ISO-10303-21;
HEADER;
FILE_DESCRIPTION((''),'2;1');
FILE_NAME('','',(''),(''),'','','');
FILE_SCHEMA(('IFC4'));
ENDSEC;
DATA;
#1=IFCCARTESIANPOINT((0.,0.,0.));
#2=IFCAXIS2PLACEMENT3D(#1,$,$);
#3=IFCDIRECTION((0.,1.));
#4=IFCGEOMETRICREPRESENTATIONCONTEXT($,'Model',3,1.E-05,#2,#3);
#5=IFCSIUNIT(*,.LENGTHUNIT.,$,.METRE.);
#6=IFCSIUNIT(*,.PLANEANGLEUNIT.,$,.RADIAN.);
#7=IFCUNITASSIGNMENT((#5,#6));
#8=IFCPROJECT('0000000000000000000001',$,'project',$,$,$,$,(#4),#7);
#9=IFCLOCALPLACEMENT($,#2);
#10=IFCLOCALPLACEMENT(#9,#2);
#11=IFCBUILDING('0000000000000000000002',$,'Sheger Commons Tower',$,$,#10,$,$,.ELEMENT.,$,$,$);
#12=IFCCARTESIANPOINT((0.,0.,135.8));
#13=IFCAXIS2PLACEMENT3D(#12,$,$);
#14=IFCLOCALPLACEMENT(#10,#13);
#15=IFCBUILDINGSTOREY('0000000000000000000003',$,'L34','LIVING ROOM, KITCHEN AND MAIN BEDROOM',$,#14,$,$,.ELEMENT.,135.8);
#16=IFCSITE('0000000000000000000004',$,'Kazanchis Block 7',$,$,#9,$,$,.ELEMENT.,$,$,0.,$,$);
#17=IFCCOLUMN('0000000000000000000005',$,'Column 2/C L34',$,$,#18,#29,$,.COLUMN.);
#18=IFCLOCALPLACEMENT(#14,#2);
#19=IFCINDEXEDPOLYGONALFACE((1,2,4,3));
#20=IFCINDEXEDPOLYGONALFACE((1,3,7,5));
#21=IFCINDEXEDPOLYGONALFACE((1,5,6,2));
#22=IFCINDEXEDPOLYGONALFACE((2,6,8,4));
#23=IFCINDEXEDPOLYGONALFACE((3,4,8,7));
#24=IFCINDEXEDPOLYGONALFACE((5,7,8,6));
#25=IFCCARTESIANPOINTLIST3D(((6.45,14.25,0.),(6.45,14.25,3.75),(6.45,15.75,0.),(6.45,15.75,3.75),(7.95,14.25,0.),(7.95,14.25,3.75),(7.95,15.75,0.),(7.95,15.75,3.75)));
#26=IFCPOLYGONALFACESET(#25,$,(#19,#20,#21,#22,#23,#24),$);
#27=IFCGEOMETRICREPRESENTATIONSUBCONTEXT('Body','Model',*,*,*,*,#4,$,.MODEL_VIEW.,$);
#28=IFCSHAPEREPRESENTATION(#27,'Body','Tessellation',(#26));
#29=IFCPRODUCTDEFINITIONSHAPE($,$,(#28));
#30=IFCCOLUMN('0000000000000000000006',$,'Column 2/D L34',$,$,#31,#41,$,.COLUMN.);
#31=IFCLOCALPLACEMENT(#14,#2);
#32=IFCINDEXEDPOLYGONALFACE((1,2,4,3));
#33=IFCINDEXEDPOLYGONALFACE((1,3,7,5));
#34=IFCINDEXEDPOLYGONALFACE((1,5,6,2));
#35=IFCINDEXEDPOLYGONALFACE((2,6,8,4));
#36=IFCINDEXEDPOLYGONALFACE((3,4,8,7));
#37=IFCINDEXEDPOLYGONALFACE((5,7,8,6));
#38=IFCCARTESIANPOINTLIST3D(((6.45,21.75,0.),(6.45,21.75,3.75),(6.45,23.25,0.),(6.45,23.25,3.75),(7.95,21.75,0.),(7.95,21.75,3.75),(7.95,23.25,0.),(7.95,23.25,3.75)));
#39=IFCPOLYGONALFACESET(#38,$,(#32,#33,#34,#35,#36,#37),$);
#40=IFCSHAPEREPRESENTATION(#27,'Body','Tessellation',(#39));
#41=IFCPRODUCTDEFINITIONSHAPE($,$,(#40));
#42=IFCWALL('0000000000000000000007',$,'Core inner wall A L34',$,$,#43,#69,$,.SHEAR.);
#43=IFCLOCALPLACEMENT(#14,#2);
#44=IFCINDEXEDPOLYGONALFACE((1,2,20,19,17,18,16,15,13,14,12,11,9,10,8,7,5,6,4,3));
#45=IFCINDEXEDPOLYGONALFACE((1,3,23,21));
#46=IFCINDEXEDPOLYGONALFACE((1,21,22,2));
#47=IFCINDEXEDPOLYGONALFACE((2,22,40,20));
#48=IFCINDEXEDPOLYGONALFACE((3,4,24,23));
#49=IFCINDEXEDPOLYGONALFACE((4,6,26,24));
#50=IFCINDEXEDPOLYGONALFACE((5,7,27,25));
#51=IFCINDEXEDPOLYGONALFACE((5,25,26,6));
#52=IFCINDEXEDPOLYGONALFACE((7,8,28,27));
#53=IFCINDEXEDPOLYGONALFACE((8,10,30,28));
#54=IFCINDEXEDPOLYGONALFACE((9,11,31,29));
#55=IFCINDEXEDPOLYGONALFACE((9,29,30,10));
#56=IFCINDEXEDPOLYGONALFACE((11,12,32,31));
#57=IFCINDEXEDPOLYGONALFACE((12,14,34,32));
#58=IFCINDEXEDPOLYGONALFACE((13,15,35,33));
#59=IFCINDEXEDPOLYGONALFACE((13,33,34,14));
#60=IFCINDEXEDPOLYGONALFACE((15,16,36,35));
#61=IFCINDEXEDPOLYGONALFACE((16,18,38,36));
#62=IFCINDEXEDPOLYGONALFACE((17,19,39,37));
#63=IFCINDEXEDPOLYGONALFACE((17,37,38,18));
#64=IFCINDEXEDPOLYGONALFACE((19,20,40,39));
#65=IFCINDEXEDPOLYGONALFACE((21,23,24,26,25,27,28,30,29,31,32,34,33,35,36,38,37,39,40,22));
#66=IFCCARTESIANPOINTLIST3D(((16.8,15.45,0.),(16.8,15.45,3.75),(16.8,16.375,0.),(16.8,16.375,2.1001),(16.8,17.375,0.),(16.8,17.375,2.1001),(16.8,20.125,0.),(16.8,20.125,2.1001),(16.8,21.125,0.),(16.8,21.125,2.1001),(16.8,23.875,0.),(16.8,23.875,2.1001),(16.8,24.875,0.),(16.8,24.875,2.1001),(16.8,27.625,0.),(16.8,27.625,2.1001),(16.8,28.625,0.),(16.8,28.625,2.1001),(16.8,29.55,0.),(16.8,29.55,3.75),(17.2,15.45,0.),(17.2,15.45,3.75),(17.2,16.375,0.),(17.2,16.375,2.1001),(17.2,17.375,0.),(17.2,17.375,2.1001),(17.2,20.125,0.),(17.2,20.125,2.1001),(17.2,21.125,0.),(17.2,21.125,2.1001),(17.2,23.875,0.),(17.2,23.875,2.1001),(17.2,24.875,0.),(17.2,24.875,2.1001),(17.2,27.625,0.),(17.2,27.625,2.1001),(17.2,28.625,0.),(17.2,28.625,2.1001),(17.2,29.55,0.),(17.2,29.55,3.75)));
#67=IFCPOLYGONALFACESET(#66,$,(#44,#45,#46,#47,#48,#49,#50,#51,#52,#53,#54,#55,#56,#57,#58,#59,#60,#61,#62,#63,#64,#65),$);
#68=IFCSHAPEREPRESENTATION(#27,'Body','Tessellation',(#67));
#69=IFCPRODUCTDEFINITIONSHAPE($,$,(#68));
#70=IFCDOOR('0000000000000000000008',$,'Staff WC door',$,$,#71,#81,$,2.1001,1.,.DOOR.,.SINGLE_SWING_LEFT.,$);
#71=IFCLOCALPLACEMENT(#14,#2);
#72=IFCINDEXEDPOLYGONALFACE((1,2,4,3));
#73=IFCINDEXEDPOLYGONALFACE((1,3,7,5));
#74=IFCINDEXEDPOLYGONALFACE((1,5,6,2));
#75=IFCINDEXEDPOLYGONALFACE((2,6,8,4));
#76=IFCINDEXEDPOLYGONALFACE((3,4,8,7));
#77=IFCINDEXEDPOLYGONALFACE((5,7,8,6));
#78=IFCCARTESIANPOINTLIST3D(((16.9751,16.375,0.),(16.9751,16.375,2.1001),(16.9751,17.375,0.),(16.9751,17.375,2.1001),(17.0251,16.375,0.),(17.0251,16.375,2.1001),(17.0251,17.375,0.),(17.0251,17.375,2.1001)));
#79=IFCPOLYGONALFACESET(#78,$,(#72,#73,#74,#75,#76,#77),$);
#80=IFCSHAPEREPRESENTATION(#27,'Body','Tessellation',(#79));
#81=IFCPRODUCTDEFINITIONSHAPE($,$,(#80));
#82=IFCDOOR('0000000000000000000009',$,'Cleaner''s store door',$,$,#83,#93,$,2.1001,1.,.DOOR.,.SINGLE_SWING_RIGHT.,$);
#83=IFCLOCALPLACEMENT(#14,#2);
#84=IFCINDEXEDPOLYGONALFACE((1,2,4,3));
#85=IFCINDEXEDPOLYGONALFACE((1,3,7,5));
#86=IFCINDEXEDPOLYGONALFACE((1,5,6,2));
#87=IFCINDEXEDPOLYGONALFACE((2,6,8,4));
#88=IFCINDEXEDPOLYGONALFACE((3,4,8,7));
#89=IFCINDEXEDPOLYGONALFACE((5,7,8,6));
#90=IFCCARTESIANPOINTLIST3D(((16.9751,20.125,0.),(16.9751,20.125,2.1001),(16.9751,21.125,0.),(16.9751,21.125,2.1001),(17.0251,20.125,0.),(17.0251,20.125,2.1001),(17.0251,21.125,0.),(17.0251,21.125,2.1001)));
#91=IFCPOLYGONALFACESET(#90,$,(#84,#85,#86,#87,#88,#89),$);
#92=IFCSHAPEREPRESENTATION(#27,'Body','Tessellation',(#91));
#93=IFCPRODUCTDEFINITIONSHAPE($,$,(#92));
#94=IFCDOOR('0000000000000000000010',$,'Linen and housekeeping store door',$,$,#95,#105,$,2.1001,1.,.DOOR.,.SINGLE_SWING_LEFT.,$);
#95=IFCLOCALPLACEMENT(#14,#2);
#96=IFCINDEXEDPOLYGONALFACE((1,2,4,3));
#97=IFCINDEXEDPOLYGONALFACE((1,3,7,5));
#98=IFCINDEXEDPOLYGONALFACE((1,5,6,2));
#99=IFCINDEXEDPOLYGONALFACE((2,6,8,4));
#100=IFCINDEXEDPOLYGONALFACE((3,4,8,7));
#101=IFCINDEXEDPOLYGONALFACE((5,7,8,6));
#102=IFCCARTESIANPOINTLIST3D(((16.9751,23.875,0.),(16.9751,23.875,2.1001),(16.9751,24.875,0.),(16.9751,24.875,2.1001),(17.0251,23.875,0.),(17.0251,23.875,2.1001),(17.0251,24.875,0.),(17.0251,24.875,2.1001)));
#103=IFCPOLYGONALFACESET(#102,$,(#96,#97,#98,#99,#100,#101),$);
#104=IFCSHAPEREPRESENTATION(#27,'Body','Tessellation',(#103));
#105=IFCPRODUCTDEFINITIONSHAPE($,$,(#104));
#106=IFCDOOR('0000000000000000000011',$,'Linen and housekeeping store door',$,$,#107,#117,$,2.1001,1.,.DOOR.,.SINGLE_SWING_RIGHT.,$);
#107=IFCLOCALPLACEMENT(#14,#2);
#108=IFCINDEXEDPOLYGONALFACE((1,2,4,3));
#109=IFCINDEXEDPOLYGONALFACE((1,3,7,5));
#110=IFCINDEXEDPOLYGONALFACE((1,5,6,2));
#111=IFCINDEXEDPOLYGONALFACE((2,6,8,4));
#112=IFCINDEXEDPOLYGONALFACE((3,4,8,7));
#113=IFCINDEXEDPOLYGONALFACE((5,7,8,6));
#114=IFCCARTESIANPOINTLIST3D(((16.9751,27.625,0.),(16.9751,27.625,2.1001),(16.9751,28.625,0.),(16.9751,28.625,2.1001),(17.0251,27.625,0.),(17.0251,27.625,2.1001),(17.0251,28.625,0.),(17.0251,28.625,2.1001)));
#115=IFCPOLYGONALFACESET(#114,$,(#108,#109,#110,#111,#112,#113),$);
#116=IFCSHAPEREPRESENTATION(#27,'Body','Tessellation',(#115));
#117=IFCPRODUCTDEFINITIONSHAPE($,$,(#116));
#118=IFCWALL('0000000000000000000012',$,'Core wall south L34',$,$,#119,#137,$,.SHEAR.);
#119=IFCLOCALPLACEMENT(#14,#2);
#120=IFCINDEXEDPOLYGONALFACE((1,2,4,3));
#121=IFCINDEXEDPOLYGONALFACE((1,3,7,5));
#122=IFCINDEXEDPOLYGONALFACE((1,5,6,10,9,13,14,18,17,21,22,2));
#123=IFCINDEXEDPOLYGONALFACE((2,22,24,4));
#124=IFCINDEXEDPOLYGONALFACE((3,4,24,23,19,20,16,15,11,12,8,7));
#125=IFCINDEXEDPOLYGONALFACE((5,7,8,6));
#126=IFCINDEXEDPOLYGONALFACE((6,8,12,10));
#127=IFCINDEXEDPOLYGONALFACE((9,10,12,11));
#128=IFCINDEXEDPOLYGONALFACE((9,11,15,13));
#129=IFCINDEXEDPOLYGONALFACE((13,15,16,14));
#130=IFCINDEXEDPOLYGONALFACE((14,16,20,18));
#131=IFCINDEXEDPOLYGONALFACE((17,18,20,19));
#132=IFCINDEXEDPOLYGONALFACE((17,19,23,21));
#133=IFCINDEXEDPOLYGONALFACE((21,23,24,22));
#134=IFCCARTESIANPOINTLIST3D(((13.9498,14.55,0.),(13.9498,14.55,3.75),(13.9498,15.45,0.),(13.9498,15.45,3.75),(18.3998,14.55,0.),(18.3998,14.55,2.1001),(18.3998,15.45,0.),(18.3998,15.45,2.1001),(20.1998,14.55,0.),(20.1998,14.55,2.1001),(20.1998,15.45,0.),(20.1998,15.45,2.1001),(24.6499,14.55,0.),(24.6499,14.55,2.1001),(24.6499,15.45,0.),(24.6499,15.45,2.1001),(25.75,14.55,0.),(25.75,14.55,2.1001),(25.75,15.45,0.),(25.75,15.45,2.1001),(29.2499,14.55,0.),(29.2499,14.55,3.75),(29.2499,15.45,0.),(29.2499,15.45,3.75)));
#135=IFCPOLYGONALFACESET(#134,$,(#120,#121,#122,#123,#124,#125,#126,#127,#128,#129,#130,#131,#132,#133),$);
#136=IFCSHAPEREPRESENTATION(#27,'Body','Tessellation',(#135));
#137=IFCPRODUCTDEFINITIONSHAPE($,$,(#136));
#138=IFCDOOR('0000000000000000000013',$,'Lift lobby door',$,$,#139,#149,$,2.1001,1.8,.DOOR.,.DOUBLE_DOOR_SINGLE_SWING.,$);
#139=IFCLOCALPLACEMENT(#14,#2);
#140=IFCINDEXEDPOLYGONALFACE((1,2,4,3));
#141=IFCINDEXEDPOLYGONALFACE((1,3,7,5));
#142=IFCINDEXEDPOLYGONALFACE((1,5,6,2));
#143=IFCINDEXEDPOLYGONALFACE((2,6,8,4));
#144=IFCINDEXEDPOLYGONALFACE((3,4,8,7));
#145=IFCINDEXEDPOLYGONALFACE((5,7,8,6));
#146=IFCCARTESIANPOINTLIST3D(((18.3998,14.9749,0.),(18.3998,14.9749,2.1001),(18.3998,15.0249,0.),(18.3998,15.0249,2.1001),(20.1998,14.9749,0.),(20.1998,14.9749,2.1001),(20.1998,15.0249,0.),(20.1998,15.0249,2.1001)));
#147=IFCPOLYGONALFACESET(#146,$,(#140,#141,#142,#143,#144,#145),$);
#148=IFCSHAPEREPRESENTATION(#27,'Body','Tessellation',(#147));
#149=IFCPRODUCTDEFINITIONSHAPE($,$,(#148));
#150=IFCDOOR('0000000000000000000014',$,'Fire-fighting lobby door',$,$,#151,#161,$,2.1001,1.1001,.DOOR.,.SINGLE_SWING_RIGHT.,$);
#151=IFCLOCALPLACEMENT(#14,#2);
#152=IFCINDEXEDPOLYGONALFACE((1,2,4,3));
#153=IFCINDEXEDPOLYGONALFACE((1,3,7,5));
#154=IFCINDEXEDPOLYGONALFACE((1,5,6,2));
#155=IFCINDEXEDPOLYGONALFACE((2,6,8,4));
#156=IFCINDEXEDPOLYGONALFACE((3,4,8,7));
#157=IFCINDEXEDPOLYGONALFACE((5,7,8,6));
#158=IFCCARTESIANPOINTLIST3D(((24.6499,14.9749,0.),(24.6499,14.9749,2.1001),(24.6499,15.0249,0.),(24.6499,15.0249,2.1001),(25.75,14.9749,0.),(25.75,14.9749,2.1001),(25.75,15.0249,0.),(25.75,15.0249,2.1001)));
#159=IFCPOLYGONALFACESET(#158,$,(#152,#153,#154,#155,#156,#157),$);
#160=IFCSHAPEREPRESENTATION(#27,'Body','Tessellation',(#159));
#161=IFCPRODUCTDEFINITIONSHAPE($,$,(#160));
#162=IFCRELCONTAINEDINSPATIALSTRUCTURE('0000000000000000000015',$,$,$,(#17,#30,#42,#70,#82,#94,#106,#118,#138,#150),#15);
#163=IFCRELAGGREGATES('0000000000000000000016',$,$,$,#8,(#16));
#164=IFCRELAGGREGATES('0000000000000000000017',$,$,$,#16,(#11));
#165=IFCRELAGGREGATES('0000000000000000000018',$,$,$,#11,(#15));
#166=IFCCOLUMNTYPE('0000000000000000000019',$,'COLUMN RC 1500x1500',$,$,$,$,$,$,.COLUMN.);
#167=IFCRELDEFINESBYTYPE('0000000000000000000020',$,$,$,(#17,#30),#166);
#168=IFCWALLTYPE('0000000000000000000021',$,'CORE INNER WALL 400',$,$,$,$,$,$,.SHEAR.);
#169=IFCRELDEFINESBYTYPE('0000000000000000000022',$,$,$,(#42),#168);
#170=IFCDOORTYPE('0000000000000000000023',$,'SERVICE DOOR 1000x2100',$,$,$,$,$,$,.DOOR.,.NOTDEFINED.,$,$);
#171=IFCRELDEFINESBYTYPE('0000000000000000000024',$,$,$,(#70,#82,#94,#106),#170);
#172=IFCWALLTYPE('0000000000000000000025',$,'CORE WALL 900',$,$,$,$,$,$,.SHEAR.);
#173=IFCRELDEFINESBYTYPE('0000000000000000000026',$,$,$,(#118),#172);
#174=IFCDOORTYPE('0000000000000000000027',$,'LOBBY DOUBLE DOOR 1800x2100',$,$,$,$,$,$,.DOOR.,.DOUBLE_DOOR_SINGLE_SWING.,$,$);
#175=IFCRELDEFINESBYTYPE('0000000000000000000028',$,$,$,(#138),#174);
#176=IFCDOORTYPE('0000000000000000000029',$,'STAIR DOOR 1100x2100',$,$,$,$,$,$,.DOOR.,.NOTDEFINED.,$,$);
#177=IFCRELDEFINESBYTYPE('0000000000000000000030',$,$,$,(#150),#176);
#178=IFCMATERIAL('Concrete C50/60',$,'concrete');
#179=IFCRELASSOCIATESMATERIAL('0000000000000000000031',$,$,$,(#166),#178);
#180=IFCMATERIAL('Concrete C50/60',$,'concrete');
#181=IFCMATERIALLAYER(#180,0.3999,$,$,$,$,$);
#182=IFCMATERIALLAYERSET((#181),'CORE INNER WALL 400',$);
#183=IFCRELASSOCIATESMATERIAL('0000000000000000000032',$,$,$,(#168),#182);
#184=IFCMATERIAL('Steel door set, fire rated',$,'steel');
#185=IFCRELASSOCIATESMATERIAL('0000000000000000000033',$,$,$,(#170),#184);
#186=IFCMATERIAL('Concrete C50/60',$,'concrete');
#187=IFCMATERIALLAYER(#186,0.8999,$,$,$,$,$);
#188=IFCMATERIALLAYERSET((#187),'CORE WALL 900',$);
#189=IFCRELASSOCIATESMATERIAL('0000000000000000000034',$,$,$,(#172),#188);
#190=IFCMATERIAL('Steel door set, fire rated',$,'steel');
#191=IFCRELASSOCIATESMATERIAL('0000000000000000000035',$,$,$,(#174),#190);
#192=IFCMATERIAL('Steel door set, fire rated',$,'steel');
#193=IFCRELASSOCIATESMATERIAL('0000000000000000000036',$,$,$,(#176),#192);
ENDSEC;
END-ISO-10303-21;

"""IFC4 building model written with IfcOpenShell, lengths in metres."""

from ifc_helpers import new_model, si_unit, direction, frame, frame_2d, origin, origin_2d, place, context, subcontext, project, spatial, rectangle, extrude, material, layer, layer_set, material_profile, profile_set, type_object, element, fill, save


model = new_model("IFC4")

# Units and contexts
model_context = context("Model", 3, precision=1e-05, world=origin(), true_north=direction((0.0, 1.0)))
body_context = subcontext(model_context, "Body", "Model", "MODEL_VIEW")
ifc_project = project(units=[si_unit("LENGTHUNIT", "METRE"), si_unit("PLANEANGLEUNIT", "RADIAN")], contexts=[model_context])

# Site, building, storey
site_placement = place(None, origin())
site = spatial("IfcSite", under=ifc_project, at=site_placement, Name="Kazanchis Block 7", CompositionType="ELEMENT", RefElevation=0.0)
building_placement = place(site_placement, origin())
building = spatial("IfcBuilding", under=site, at=building_placement, Name="Sheger Commons Tower", CompositionType="ELEMENT")
storey_placement = place(building_placement, frame((0.0, 0.0, 135.8)))
storey = spatial("IfcBuildingStorey", under=building, at=storey_placement, Name="L34", Description="LIVING ROOM, KITCHEN AND MAIN BEDROOM", CompositionType="ELEMENT", Elevation=135.8)

# Columns
ifc_material_1 = material(Name="Concrete C50/60", Category="concrete")
ifc_material_profile = material_profile(ifc_material_1, rectangle(XDim=1.5, YDim=1.5, at=origin_2d()), Name="RC 1500x1500")
ifc_profile_set = profile_set([ifc_material_profile], Name="Concrete C50/60")
column_type = type_object("IfcColumnType", Name="COLUMN RC 1500x1500", PredefinedType="COLUMN", material=ifc_profile_set)
for number, where, z_axis, x_axis, name in (
    (1, (7.2, 15.0, 0.0), (0.0, 0.0, 1.0), (1.0, 0.0, 0.0), "Column 2/C L34"),
    (2, (7.2, 22.5, 0.0), (0.0, 0.0, 1.0), (1.0, 0.0, 0.0), "Column 2/D L34"),
):
    element("IfcColumn", number, at=place(storey_placement, frame(where, z_axis=z_axis, x_axis=x_axis)), inside=storey, type_object=column_type, Name=name, PredefinedType="COLUMN", context=body_context, shape_type="SweptSolid", body=[
        extrude(rectangle(XDim=1.5, YDim=1.5, at=origin_2d()), origin(), (0.0, 0.0, 1.0), 3.75),
    ])

# Walls, openings, doors
ifc_material_2 = material(Name="Concrete C50/60", Category="concrete")
ifc_layer_1 = layer(ifc_material_2, 0.3999)
ifc_layer_set_1 = layer_set([ifc_layer_1], Name="CORE INNER WALL 400")
wall_type_1 = type_object("IfcWallType", Name="CORE INNER WALL 400", PredefinedType="SHEAR", material=ifc_layer_set_1)
wall_1_placement = place(storey_placement, frame((17.0, 15.45, 0.0), z_axis=(0.0, 0.0, 1.0), x_axis=(0.0, 1.0, 0.0)))
wall_1 = element("IfcWall", 3, at=wall_1_placement, inside=storey, type_object=wall_type_1, Name="Core inner wall A L34", PredefinedType="SHEAR", context=body_context, shape_type="SweptSolid", body=[
    extrude(rectangle(XDim=14.1001, YDim=0.3999, at=frame_2d((7.05, 0.0))), origin(), (0.0, 0.0, 1.0), 3.75),
])
opening_1_placement = place(wall_1_placement, frame((0.925, 0.0, 0.0)))
opening_1 = element("IfcOpeningElement", 4, at=opening_1_placement, cuts=wall_1, PredefinedType="OPENING", context=body_context, shape_type="SweptSolid", body=[
    extrude(rectangle(XDim=1.0, YDim=2.1001, at=frame_2d((0.5, 1.05))), frame((0.0, 0.21, 0.0), z_axis=(0.0, -1.0, 0.0), x_axis=(1.0, 0.0, 0.0)), (0.0, 0.0, 1.0), 0.4199),
])
opening_2_placement = place(wall_1_placement, frame((4.675, 0.0, 0.0)))
opening_2 = element("IfcOpeningElement", 5, at=opening_2_placement, cuts=wall_1, PredefinedType="OPENING", context=body_context, shape_type="SweptSolid", body=[
    extrude(rectangle(XDim=1.0, YDim=2.1001, at=frame_2d((0.5, 1.05))), frame((0.0, 0.21, 0.0), z_axis=(0.0, -1.0, 0.0), x_axis=(1.0, 0.0, 0.0)), (0.0, 0.0, 1.0), 0.4199),
])
opening_3_placement = place(wall_1_placement, frame((8.425, 0.0, 0.0)))
opening_3 = element("IfcOpeningElement", 6, at=opening_3_placement, cuts=wall_1, PredefinedType="OPENING", context=body_context, shape_type="SweptSolid", body=[
    extrude(rectangle(XDim=1.0, YDim=2.1001, at=frame_2d((0.5, 1.05))), frame((0.0, 0.21, 0.0), z_axis=(0.0, -1.0, 0.0), x_axis=(1.0, 0.0, 0.0)), (0.0, 0.0, 1.0), 0.4199),
])
opening_4_placement = place(wall_1_placement, frame((12.175, 0.0, 0.0)))
opening_4 = element("IfcOpeningElement", 7, at=opening_4_placement, cuts=wall_1, PredefinedType="OPENING", context=body_context, shape_type="SweptSolid", body=[
    extrude(rectangle(XDim=1.0, YDim=2.1001, at=frame_2d((0.5, 1.05))), frame((0.0, 0.21, 0.0), z_axis=(0.0, -1.0, 0.0), x_axis=(1.0, 0.0, 0.0)), (0.0, 0.0, 1.0), 0.4199),
])
ifc_material_3 = material(Name="Steel door set, fire rated", Category="steel")
door_type_1 = type_object("IfcDoorType", Name="SERVICE DOOR 1000x2100", OperationType="NOTDEFINED", PredefinedType="DOOR", material=ifc_material_3)
door_1_placement = place(opening_1_placement, origin())
door_1 = element("IfcDoor", 8, at=door_1_placement, inside=storey, type_object=door_type_1, Name="Staff WC door", OperationType="SINGLE_SWING_LEFT", OverallHeight=2.1001, OverallWidth=1.0, PredefinedType="DOOR", context=body_context, shape_type="SweptSolid", body=[
    extrude(rectangle(XDim=1.0, YDim=2.1001, at=frame_2d((0.5, 1.05))), frame((0.0, 0.0249, 0.0), z_axis=(0.0, -1.0, 0.0), x_axis=(1.0, 0.0, 0.0)), (0.0, 0.0, 1.0), 0.05),
])
fill(opening_1, door_1)
door_2_placement = place(opening_2_placement, origin())
door_2 = element("IfcDoor", 9, at=door_2_placement, inside=storey, type_object=door_type_1, Name="Cleaner's store door", OperationType="SINGLE_SWING_RIGHT", OverallHeight=2.1001, OverallWidth=1.0, PredefinedType="DOOR", context=body_context, shape_type="SweptSolid", body=[
    extrude(rectangle(XDim=1.0, YDim=2.1001, at=frame_2d((0.5, 1.05))), frame((0.0, 0.0249, 0.0), z_axis=(0.0, -1.0, 0.0), x_axis=(1.0, 0.0, 0.0)), (0.0, 0.0, 1.0), 0.05),
])
fill(opening_2, door_2)
door_3_placement = place(opening_3_placement, origin())
door_3 = element("IfcDoor", 10, at=door_3_placement, inside=storey, type_object=door_type_1, Name="Linen and housekeeping store door", OperationType="SINGLE_SWING_LEFT", OverallHeight=2.1001, OverallWidth=1.0, PredefinedType="DOOR", context=body_context, shape_type="SweptSolid", body=[
    extrude(rectangle(XDim=1.0, YDim=2.1001, at=frame_2d((0.5, 1.05))), frame((0.0, 0.0249, 0.0), z_axis=(0.0, -1.0, 0.0), x_axis=(1.0, 0.0, 0.0)), (0.0, 0.0, 1.0), 0.05),
])
fill(opening_3, door_3)
door_4_placement = place(opening_4_placement, origin())
door_4 = element("IfcDoor", 11, at=door_4_placement, inside=storey, type_object=door_type_1, Name="Linen and housekeeping store door", OperationType="SINGLE_SWING_RIGHT", OverallHeight=2.1001, OverallWidth=1.0, PredefinedType="DOOR", context=body_context, shape_type="SweptSolid", body=[
    extrude(rectangle(XDim=1.0, YDim=2.1001, at=frame_2d((0.5, 1.05))), frame((0.0, 0.0249, 0.0), z_axis=(0.0, -1.0, 0.0), x_axis=(1.0, 0.0, 0.0)), (0.0, 0.0, 1.0), 0.05),
])
fill(opening_4, door_4)
ifc_material_4 = material(Name="Concrete C50/60", Category="concrete")
ifc_layer_2 = layer(ifc_material_4, 0.8999)
ifc_layer_set_2 = layer_set([ifc_layer_2], Name="CORE WALL 900")
wall_type_2 = type_object("IfcWallType", Name="CORE WALL 900", PredefinedType="SHEAR", material=ifc_layer_set_2)
wall_2_placement = place(storey_placement, frame((13.95, 15.0, 0.0), z_axis=(0.0, 0.0, 1.0), x_axis=(1.0, 0.0, 0.0)))
wall_2 = element("IfcWall", 12, at=wall_2_placement, inside=storey, type_object=wall_type_2, Name="Core wall south L34", PredefinedType="SHEAR", context=body_context, shape_type="SweptSolid", body=[
    extrude(rectangle(XDim=15.3, YDim=0.8999, at=frame_2d((7.6499, 0.0))), origin(), (0.0, 0.0, 1.0), 3.75),
])
opening_5_placement = place(wall_2_placement, frame((4.45, 0.0, 0.0)))
opening_5 = element("IfcOpeningElement", 13, at=opening_5_placement, cuts=wall_2, PredefinedType="OPENING", context=body_context, shape_type="SweptSolid", body=[
    extrude(rectangle(XDim=1.8, YDim=2.1001, at=frame_2d((0.8999, 1.05))), frame((0.0, 0.46, 0.0), z_axis=(0.0, -1.0, 0.0), x_axis=(1.0, 0.0, 0.0)), (0.0, 0.0, 1.0), 0.9199),
])
opening_6_placement = place(wall_2_placement, frame((10.7, 0.0, 0.0)))
opening_6 = element("IfcOpeningElement", 14, at=opening_6_placement, cuts=wall_2, PredefinedType="OPENING", context=body_context, shape_type="SweptSolid", body=[
    extrude(rectangle(XDim=1.1001, YDim=2.1001, at=frame_2d((0.55, 1.05))), frame((0.0, 0.46, 0.0), z_axis=(0.0, -1.0, 0.0), x_axis=(1.0, 0.0, 0.0)), (0.0, 0.0, 1.0), 0.9199),
])
ifc_material_5 = material(Name="Steel door set, fire rated", Category="steel")
door_type_2 = type_object("IfcDoorType", Name="LOBBY DOUBLE DOOR 1800x2100", OperationType="DOUBLE_DOOR_SINGLE_SWING", PredefinedType="DOOR", material=ifc_material_5)
door_5_placement = place(opening_5_placement, origin())
door_5 = element("IfcDoor", 15, at=door_5_placement, inside=storey, type_object=door_type_2, Name="Lift lobby door", OperationType="DOUBLE_DOOR_SINGLE_SWING", OverallHeight=2.1001, OverallWidth=1.8, PredefinedType="DOOR", context=body_context, shape_type="SweptSolid", body=[
    extrude(rectangle(XDim=1.8, YDim=2.1001, at=frame_2d((0.8999, 1.05))), frame((0.0, 0.0249, 0.0), z_axis=(0.0, -1.0, 0.0), x_axis=(1.0, 0.0, 0.0)), (0.0, 0.0, 1.0), 0.05),
])
fill(opening_5, door_5)
ifc_material_6 = material(Name="Steel door set, fire rated", Category="steel")
door_type_3 = type_object("IfcDoorType", Name="STAIR DOOR 1100x2100", OperationType="NOTDEFINED", PredefinedType="DOOR", material=ifc_material_6)
door_6_placement = place(opening_6_placement, origin())
door_6 = element("IfcDoor", 16, at=door_6_placement, inside=storey, type_object=door_type_3, Name="Fire-fighting lobby door", OperationType="SINGLE_SWING_RIGHT", OverallHeight=2.1001, OverallWidth=1.1001, PredefinedType="DOOR", context=body_context, shape_type="SweptSolid", body=[
    extrude(rectangle(XDim=1.1001, YDim=2.1001, at=frame_2d((0.55, 1.05))), frame((0.0, 0.0249, 0.0), z_axis=(0.0, -1.0, 0.0), x_axis=(1.0, 0.0, 0.0)), (0.0, 0.0, 1.0), 0.05),
])
fill(opening_6, door_6)

save(model, "model.ifc")
